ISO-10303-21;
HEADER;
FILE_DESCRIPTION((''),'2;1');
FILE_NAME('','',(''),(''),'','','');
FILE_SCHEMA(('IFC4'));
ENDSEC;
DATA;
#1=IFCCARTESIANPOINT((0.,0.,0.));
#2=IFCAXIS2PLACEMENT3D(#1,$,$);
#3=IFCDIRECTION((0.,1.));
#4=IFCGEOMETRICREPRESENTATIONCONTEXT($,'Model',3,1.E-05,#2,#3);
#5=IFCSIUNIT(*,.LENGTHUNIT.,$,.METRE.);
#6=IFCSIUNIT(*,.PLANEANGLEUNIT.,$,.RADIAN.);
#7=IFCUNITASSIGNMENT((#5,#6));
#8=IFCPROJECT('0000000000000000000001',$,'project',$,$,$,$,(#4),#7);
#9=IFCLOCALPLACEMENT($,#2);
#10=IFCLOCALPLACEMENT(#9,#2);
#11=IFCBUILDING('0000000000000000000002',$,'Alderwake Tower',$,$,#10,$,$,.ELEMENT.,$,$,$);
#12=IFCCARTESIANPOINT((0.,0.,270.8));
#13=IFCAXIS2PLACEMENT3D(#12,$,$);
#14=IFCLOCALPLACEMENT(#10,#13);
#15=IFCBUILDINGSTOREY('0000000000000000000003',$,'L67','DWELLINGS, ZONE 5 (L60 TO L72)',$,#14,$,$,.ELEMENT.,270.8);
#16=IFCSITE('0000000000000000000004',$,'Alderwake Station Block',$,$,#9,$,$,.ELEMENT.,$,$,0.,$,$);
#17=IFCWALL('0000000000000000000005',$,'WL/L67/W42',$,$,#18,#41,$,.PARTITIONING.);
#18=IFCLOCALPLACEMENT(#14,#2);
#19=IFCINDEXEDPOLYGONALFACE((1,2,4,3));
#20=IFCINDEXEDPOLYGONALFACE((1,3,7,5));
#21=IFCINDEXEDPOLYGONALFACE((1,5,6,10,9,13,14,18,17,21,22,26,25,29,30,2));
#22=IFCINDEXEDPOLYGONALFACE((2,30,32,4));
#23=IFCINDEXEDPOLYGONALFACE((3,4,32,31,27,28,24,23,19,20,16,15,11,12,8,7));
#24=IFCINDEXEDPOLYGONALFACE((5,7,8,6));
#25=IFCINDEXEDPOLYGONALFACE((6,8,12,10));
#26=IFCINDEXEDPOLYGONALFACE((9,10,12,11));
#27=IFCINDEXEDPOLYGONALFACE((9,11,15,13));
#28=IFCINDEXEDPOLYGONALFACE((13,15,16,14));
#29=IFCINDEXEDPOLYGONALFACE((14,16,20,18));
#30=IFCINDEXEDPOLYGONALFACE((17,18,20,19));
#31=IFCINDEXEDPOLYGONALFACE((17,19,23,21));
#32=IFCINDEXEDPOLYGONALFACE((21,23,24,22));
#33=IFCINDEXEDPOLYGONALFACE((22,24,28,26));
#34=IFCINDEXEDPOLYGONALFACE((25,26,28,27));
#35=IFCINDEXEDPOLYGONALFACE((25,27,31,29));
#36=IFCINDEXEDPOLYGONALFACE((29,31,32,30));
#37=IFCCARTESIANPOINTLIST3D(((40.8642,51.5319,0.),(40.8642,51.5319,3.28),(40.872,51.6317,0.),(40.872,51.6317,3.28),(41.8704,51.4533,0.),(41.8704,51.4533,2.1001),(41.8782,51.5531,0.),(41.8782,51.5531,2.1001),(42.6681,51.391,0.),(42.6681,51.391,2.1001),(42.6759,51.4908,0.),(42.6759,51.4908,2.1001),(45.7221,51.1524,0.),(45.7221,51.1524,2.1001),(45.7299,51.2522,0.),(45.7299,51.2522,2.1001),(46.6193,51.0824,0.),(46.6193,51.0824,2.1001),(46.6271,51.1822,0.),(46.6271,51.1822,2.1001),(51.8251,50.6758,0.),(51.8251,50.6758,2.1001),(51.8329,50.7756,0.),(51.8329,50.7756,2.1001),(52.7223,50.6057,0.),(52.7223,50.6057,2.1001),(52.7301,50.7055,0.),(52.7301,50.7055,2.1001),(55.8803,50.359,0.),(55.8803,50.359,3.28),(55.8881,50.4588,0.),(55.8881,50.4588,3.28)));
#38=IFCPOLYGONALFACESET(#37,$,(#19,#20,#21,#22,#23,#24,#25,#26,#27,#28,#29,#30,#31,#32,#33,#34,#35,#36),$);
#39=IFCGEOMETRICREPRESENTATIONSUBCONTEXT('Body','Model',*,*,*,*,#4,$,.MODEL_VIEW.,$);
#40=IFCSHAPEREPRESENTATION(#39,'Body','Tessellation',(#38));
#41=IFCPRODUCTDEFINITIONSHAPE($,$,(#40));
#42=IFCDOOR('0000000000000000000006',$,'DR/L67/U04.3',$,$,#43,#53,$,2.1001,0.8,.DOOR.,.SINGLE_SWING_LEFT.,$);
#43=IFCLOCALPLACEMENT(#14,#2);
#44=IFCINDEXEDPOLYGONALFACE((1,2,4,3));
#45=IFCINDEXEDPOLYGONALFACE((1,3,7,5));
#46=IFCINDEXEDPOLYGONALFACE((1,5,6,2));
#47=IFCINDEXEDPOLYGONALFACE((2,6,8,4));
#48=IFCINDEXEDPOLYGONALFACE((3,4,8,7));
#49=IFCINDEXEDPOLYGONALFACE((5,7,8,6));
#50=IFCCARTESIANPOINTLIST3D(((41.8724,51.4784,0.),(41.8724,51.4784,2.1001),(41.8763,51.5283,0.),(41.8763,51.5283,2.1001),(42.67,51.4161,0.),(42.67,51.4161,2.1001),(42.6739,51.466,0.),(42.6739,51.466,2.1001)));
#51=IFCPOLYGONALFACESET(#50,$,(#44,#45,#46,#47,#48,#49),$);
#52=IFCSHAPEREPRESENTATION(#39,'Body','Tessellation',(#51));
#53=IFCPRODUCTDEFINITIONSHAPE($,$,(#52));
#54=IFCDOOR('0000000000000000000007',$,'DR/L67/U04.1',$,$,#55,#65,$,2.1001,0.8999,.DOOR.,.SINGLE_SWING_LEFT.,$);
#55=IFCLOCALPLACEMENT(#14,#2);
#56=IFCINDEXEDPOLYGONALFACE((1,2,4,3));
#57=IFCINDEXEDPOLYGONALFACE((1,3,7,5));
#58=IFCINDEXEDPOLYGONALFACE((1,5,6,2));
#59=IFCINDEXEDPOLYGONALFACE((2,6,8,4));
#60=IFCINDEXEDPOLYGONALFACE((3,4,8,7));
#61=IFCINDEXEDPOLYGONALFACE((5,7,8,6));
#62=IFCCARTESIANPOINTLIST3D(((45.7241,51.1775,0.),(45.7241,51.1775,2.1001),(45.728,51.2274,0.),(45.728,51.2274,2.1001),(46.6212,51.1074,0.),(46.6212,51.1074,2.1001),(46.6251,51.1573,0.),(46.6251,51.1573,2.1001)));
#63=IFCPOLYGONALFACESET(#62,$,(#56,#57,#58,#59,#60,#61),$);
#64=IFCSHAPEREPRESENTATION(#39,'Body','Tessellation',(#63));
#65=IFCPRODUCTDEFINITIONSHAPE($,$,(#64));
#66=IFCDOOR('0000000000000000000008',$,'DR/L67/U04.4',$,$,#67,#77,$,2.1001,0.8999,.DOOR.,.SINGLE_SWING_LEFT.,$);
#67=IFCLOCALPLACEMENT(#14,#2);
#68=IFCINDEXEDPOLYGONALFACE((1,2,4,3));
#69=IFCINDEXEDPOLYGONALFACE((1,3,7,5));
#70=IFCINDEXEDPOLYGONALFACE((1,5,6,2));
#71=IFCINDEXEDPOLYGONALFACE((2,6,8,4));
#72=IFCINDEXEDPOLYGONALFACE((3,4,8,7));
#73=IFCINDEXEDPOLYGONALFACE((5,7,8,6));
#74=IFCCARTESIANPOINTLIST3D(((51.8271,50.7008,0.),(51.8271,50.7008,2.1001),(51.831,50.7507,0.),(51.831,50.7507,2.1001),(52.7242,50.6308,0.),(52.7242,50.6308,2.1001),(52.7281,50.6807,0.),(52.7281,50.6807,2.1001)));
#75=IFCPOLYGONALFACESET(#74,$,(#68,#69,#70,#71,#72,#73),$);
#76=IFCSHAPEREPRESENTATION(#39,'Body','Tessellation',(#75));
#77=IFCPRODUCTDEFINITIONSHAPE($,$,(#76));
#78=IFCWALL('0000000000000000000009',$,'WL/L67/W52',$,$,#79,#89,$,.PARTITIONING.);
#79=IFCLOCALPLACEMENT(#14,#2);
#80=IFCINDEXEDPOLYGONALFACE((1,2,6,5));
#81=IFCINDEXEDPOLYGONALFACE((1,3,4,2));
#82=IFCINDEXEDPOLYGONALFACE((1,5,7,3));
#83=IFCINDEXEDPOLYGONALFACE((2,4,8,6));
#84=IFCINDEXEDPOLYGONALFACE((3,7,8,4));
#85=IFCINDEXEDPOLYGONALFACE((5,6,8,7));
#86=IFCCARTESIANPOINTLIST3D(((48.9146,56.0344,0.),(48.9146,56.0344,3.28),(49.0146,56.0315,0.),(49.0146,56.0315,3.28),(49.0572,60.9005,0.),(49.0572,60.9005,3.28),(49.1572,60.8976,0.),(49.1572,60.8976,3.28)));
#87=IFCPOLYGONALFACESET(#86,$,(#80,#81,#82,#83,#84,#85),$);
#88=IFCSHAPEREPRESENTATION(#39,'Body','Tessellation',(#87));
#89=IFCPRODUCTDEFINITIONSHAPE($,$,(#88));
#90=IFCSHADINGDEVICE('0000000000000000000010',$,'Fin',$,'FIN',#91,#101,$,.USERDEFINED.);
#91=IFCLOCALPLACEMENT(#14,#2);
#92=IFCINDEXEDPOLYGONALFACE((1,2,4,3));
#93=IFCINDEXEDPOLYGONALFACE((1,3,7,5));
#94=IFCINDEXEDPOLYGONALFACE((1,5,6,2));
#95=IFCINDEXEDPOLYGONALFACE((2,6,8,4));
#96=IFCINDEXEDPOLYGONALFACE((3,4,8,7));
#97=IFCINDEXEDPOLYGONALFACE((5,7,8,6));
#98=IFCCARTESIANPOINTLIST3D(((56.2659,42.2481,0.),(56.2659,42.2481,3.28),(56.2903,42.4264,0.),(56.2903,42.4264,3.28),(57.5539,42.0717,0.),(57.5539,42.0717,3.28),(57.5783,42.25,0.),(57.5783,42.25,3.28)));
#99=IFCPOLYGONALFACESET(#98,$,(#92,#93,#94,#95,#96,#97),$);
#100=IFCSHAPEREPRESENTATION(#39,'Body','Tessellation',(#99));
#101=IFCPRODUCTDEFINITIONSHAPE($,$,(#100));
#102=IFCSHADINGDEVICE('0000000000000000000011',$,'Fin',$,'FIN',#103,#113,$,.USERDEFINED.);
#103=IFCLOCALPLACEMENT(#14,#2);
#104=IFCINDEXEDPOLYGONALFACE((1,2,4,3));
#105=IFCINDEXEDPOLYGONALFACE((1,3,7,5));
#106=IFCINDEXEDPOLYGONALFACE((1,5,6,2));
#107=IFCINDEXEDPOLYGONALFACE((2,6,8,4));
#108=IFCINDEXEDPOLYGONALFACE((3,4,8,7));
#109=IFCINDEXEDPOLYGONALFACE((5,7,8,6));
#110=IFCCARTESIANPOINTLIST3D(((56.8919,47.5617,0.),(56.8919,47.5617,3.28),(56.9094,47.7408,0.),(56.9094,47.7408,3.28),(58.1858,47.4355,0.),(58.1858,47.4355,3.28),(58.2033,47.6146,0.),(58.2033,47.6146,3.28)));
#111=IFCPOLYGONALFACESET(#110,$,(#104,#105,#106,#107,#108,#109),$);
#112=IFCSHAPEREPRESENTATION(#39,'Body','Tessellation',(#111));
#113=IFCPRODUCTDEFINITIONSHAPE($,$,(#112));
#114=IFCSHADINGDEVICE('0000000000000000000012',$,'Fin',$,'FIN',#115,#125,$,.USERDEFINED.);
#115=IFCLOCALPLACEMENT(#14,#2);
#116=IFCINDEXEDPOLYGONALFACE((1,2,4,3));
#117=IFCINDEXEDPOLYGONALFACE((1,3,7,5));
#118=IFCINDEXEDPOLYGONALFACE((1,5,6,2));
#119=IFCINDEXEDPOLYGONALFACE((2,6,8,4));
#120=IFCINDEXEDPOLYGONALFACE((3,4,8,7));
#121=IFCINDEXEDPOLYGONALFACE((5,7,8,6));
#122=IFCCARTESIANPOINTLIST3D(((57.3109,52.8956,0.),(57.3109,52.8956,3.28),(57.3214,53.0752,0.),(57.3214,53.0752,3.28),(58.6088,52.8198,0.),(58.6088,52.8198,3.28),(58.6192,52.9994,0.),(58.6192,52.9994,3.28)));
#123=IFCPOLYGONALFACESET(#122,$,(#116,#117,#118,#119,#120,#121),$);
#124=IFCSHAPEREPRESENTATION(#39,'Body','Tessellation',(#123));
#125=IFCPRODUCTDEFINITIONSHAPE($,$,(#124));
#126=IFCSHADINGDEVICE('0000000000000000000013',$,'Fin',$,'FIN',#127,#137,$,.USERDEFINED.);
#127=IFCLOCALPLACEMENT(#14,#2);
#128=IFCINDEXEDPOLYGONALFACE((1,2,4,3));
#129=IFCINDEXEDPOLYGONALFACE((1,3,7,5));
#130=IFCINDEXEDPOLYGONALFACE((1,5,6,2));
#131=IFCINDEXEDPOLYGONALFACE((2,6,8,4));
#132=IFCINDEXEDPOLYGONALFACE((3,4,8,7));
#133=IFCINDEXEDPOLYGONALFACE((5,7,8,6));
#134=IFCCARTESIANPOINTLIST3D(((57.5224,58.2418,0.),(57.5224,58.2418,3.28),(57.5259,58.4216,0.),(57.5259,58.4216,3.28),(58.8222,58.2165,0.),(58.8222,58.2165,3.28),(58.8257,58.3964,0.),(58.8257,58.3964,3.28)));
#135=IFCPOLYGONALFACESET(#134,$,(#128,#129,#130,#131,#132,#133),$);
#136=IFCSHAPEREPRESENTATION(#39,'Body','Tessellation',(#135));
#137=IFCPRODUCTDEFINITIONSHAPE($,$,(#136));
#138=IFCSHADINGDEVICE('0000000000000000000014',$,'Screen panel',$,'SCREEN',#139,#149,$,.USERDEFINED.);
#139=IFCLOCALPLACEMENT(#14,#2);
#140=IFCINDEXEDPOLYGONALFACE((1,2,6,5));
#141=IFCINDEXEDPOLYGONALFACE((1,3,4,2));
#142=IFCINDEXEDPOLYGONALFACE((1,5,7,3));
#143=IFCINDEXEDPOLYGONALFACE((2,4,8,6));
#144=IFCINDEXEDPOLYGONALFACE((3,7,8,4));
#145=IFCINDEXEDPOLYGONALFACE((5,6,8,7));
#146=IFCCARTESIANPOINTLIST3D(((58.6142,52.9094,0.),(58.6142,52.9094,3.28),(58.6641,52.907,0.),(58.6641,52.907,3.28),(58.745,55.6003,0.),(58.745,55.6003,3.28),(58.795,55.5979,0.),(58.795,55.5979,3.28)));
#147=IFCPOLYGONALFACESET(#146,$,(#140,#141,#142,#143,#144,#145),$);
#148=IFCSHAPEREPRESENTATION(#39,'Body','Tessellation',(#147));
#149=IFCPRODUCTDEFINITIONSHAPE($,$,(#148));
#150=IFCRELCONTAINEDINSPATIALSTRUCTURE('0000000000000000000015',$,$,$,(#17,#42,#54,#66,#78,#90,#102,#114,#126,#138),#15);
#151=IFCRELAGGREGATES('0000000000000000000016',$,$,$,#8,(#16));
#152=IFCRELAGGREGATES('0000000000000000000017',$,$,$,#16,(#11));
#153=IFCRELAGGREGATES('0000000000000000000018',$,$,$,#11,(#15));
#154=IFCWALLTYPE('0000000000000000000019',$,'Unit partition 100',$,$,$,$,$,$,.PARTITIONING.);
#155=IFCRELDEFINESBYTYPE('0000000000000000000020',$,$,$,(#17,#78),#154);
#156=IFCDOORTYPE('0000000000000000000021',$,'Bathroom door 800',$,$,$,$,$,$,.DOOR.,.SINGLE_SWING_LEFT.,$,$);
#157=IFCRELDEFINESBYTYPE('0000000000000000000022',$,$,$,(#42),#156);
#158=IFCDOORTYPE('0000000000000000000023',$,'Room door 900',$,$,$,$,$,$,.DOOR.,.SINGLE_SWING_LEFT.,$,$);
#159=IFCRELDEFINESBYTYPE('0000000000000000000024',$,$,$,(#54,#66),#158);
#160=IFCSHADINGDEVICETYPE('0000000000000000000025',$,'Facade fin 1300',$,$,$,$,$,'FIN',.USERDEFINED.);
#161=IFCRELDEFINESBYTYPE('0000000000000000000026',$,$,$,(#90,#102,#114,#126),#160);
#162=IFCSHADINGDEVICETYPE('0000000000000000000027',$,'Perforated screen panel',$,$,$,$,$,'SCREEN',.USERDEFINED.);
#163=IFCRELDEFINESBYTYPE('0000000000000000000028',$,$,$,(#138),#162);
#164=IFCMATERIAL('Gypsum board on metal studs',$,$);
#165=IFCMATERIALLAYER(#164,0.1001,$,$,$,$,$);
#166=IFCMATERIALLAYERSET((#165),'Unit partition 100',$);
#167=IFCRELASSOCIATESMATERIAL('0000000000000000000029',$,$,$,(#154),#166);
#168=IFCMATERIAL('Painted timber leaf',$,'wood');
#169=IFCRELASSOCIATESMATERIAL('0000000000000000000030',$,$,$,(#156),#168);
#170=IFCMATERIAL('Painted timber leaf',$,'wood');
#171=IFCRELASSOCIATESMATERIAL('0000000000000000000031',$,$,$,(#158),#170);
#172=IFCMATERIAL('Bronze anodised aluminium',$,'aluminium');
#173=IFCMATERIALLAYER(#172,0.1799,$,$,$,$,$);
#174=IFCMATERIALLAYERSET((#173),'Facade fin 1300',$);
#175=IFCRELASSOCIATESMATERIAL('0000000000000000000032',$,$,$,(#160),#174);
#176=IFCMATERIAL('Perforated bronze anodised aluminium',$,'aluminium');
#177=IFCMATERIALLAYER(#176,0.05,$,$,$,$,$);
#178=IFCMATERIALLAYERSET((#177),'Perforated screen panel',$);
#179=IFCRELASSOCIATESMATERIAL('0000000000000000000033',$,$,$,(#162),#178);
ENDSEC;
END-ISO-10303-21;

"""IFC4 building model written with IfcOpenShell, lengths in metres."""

from ifc_helpers import new_model, si_unit, direction, frame, frame_2d, origin, origin_2d, place, context, subcontext, project, spatial, rectangle, extrude, material, layer, layer_set, type_object, element, fill, save


model = new_model("IFC4")

# Units and contexts
model_context = context("Model", 3, precision=1e-05, world=origin(), true_north=direction((0.0, 1.0)))
body_context = subcontext(model_context, "Body", "Model", "MODEL_VIEW")
ifc_project = project(units=[si_unit("LENGTHUNIT", "METRE"), si_unit("PLANEANGLEUNIT", "RADIAN")], contexts=[model_context])

# Site, building, storey
site_placement = place(None, origin())
site = spatial("IfcSite", under=ifc_project, at=site_placement, Name="Alderwake Station Block", CompositionType="ELEMENT", RefElevation=0.0)
building_placement = place(site_placement, origin())
building = spatial("IfcBuilding", under=site, at=building_placement, Name="Alderwake Tower", CompositionType="ELEMENT")
storey_placement = place(building_placement, frame((0.0, 0.0, 270.8)))
storey = spatial("IfcBuildingStorey", under=building, at=storey_placement, Name="L67", Description="DWELLINGS, ZONE 5 (L60 TO L72)", CompositionType="ELEMENT", Elevation=270.8)

# Wall, openings, doors
ifc_material_1 = material(Name="Gypsum board on metal studs")
ifc_layer_1 = layer(ifc_material_1, 0.1001)
ifc_layer_set_1 = layer_set([ifc_layer_1], Name="Unit partition 100")
wall_type_1 = type_object("IfcWallType", Name="Unit partition 100", PredefinedType="PARTITIONING", material=ifc_layer_set_1)
wall_1_placement = place(storey_placement, frame((55.884, 50.4089, 0.0), z_axis=(0.0, 0.0, 1.0), x_axis=(-0.996964, 0.077869, 0.0)))
wall_1 = element("IfcWall", 1, at=wall_1_placement, inside=storey, type_object=wall_type_1, Name="WL/L67/W42", PredefinedType="PARTITIONING", context=body_context, shape_type="SweptSolid", body=[
    extrude(rectangle(XDim=15.0618, YDim=0.1001, at=frame_2d((7.5308, 0.0))), origin(), (0.0, 0.0, 1.0), 3.28),
])
opening_1_placement = place(wall_1_placement, frame((9.2891, 0.0, 0.0)))
opening_1 = element("IfcOpeningElement", 2, at=opening_1_placement, cuts=wall_1, PredefinedType="OPENING", context=body_context, shape_type="SweptSolid", body=[
    extrude(rectangle(XDim=0.8999, YDim=2.1001, at=frame_2d((0.45, 1.05))), frame((0.0, 0.0601, 0.0), z_axis=(0.0, -1.0, 0.0), x_axis=(1.0, 0.0, 0.0)), (0.0, 0.0, 1.0), 0.1201),
])
opening_2_placement = place(wall_1_placement, frame((13.2524, 0.0, 0.0)))
opening_2 = element("IfcOpeningElement", 3, at=opening_2_placement, cuts=wall_1, PredefinedType="OPENING", context=body_context, shape_type="SweptSolid", body=[
    extrude(rectangle(XDim=0.8, YDim=2.1001, at=frame_2d((0.3999, 1.05))), frame((0.0, 0.0601, 0.0), z_axis=(0.0, -1.0, 0.0), x_axis=(1.0, 0.0, 0.0)), (0.0, 0.0, 1.0), 0.1201),
])
opening_3_placement = place(wall_1_placement, frame((3.1675, 0.0, 0.0)))
opening_3 = element("IfcOpeningElement", 4, at=opening_3_placement, cuts=wall_1, PredefinedType="OPENING", context=body_context, shape_type="SweptSolid", body=[
    extrude(rectangle(XDim=0.8999, YDim=2.1001, at=frame_2d((0.45, 1.05))), frame((0.0, 0.0601, 0.0), z_axis=(0.0, -1.0, 0.0), x_axis=(1.0, 0.0, 0.0)), (0.0, 0.0, 1.0), 0.1201),
])
ifc_material_2 = material(Name="Painted timber leaf", Category="wood")
door_type_1 = type_object("IfcDoorType", Name="Bathroom door 800", OperationType="SINGLE_SWING_LEFT", PredefinedType="DOOR", material=ifc_material_2)
door_1_placement = place(opening_2_placement, origin())
door_1 = element("IfcDoor", 5, at=door_1_placement, inside=storey, type_object=door_type_1, Name="DR/L67/U04.3", OperationType="SINGLE_SWING_LEFT", OverallHeight=2.1001, OverallWidth=0.8, PredefinedType="DOOR", context=body_context, shape_type="SweptSolid", body=[
    extrude(rectangle(XDim=0.8, YDim=2.1001, at=frame_2d((0.3999, 1.05))), frame((0.0, 0.0249, 0.0), z_axis=(0.0, -1.0, 0.0), x_axis=(1.0, 0.0, 0.0)), (0.0, 0.0, 1.0), 0.05),
])
fill(opening_2, door_1)
ifc_material_3 = material(Name="Painted timber leaf", Category="wood")
door_type_2 = type_object("IfcDoorType", Name="Room door 900", OperationType="SINGLE_SWING_LEFT", PredefinedType="DOOR", material=ifc_material_3)
door_2_placement = place(opening_1_placement, origin())
door_2 = element("IfcDoor", 6, at=door_2_placement, inside=storey, type_object=door_type_2, Name="DR/L67/U04.1", OperationType="SINGLE_SWING_LEFT", OverallHeight=2.1001, OverallWidth=0.8999, PredefinedType="DOOR", context=body_context, shape_type="SweptSolid", body=[
    extrude(rectangle(XDim=0.8999, YDim=2.1001, at=frame_2d((0.45, 1.05))), frame((0.0, 0.0249, 0.0), z_axis=(0.0, -1.0, 0.0), x_axis=(1.0, 0.0, 0.0)), (0.0, 0.0, 1.0), 0.05),
])
fill(opening_1, door_2)
door_3_placement = place(opening_3_placement, origin())
door_3 = element("IfcDoor", 7, at=door_3_placement, inside=storey, type_object=door_type_2, Name="DR/L67/U04.4", OperationType="SINGLE_SWING_LEFT", OverallHeight=2.1001, OverallWidth=0.8999, PredefinedType="DOOR", context=body_context, shape_type="SweptSolid", body=[
    extrude(rectangle(XDim=0.8999, YDim=2.1001, at=frame_2d((0.45, 1.05))), frame((0.0, 0.0249, 0.0), z_axis=(0.0, -1.0, 0.0), x_axis=(1.0, 0.0, 0.0)), (0.0, 0.0, 1.0), 0.05),
])
fill(opening_3, door_3)

# Wall
wall_2_placement = place(storey_placement, frame((48.9646, 56.033, 0.0), z_axis=(0.0, 0.0, 1.0), x_axis=(0.029289, 0.999571, 0.0)))
element("IfcWall", 8, at=wall_2_placement, inside=storey, type_object=wall_type_1, Name="WL/L67/W52", PredefinedType="PARTITIONING", context=body_context, shape_type="SweptSolid", body=[
    extrude(rectangle(XDim=4.8682, YDim=0.1001, at=frame_2d((2.4341, 0.0))), origin(), (0.0, 0.0, 1.0), 3.28),
])

# Shading devices
ifc_material_4 = material(Name="Bronze anodised aluminium", Category="aluminium")
ifc_layer_2 = layer(ifc_material_4, 0.1799)
ifc_layer_set_2 = layer_set([ifc_layer_2], Name="Facade fin 1300")
shading_device_type_1 = type_object("IfcShadingDeviceType", Name="Facade fin 1300", ElementType="FIN", PredefinedType="USERDEFINED", material=ifc_layer_set_2)
for number, where, z_axis, x_axis, name in (
    (9, (56.9221, 42.249, 0.0), (0.0, 0.0, 1.0), (0.990753, -0.135681, 0.0), "Fin"),
    (10, (57.5476, 47.5881, 0.0), (0.0, 0.0, 1.0), (0.99528, -0.097046, 0.0), "Fin"),
    (11, (57.9651, 52.9475, 0.0), (0.0, 0.0, 1.0), (0.998301, -0.058266, 0.0), "Fin"),
    (12, (58.1741, 58.3191, 0.0), (0.0, 0.0, 1.0), (0.999812, -0.019398, 0.0), "Fin"),
):
    element("IfcShadingDevice", number, at=place(storey_placement, frame(where, z_axis=z_axis, x_axis=x_axis)), inside=storey, type_object=shading_device_type_1, Name=name, ObjectType="FIN", PredefinedType="USERDEFINED", context=body_context, shape_type="SweptSolid", body=[
        extrude(rectangle(XDim=1.3, YDim=0.1799, at=origin_2d()), origin(), (0.0, 0.0, 1.0), 3.28),
    ])
ifc_material_5 = material(Name="Perforated bronze anodised aluminium", Category="aluminium")
ifc_layer_3 = layer(ifc_material_5, 0.05)
ifc_layer_set_3 = layer_set([ifc_layer_3], Name="Perforated screen panel")
shading_device_type_2 = type_object("IfcShadingDeviceType", Name="Perforated screen panel", ElementType="SCREEN", PredefinedType="USERDEFINED", material=ifc_layer_set_3)
shading_device_placement = place(storey_placement, frame((58.7046, 54.2537, 0.0), z_axis=(0.0, 0.0, 1.0), x_axis=(0.998819, -0.048581, 0.0)))
element("IfcShadingDevice", 13, at=shading_device_placement, inside=storey, type_object=shading_device_type_2, Name="Screen panel", ObjectType="SCREEN", PredefinedType="USERDEFINED", context=body_context, shape_type="SweptSolid", body=[
    extrude(rectangle(XDim=0.05, YDim=2.6941, at=origin_2d()), origin(), (0.0, 0.0, 1.0), 3.28),
])

save(model, "model.ifc")
